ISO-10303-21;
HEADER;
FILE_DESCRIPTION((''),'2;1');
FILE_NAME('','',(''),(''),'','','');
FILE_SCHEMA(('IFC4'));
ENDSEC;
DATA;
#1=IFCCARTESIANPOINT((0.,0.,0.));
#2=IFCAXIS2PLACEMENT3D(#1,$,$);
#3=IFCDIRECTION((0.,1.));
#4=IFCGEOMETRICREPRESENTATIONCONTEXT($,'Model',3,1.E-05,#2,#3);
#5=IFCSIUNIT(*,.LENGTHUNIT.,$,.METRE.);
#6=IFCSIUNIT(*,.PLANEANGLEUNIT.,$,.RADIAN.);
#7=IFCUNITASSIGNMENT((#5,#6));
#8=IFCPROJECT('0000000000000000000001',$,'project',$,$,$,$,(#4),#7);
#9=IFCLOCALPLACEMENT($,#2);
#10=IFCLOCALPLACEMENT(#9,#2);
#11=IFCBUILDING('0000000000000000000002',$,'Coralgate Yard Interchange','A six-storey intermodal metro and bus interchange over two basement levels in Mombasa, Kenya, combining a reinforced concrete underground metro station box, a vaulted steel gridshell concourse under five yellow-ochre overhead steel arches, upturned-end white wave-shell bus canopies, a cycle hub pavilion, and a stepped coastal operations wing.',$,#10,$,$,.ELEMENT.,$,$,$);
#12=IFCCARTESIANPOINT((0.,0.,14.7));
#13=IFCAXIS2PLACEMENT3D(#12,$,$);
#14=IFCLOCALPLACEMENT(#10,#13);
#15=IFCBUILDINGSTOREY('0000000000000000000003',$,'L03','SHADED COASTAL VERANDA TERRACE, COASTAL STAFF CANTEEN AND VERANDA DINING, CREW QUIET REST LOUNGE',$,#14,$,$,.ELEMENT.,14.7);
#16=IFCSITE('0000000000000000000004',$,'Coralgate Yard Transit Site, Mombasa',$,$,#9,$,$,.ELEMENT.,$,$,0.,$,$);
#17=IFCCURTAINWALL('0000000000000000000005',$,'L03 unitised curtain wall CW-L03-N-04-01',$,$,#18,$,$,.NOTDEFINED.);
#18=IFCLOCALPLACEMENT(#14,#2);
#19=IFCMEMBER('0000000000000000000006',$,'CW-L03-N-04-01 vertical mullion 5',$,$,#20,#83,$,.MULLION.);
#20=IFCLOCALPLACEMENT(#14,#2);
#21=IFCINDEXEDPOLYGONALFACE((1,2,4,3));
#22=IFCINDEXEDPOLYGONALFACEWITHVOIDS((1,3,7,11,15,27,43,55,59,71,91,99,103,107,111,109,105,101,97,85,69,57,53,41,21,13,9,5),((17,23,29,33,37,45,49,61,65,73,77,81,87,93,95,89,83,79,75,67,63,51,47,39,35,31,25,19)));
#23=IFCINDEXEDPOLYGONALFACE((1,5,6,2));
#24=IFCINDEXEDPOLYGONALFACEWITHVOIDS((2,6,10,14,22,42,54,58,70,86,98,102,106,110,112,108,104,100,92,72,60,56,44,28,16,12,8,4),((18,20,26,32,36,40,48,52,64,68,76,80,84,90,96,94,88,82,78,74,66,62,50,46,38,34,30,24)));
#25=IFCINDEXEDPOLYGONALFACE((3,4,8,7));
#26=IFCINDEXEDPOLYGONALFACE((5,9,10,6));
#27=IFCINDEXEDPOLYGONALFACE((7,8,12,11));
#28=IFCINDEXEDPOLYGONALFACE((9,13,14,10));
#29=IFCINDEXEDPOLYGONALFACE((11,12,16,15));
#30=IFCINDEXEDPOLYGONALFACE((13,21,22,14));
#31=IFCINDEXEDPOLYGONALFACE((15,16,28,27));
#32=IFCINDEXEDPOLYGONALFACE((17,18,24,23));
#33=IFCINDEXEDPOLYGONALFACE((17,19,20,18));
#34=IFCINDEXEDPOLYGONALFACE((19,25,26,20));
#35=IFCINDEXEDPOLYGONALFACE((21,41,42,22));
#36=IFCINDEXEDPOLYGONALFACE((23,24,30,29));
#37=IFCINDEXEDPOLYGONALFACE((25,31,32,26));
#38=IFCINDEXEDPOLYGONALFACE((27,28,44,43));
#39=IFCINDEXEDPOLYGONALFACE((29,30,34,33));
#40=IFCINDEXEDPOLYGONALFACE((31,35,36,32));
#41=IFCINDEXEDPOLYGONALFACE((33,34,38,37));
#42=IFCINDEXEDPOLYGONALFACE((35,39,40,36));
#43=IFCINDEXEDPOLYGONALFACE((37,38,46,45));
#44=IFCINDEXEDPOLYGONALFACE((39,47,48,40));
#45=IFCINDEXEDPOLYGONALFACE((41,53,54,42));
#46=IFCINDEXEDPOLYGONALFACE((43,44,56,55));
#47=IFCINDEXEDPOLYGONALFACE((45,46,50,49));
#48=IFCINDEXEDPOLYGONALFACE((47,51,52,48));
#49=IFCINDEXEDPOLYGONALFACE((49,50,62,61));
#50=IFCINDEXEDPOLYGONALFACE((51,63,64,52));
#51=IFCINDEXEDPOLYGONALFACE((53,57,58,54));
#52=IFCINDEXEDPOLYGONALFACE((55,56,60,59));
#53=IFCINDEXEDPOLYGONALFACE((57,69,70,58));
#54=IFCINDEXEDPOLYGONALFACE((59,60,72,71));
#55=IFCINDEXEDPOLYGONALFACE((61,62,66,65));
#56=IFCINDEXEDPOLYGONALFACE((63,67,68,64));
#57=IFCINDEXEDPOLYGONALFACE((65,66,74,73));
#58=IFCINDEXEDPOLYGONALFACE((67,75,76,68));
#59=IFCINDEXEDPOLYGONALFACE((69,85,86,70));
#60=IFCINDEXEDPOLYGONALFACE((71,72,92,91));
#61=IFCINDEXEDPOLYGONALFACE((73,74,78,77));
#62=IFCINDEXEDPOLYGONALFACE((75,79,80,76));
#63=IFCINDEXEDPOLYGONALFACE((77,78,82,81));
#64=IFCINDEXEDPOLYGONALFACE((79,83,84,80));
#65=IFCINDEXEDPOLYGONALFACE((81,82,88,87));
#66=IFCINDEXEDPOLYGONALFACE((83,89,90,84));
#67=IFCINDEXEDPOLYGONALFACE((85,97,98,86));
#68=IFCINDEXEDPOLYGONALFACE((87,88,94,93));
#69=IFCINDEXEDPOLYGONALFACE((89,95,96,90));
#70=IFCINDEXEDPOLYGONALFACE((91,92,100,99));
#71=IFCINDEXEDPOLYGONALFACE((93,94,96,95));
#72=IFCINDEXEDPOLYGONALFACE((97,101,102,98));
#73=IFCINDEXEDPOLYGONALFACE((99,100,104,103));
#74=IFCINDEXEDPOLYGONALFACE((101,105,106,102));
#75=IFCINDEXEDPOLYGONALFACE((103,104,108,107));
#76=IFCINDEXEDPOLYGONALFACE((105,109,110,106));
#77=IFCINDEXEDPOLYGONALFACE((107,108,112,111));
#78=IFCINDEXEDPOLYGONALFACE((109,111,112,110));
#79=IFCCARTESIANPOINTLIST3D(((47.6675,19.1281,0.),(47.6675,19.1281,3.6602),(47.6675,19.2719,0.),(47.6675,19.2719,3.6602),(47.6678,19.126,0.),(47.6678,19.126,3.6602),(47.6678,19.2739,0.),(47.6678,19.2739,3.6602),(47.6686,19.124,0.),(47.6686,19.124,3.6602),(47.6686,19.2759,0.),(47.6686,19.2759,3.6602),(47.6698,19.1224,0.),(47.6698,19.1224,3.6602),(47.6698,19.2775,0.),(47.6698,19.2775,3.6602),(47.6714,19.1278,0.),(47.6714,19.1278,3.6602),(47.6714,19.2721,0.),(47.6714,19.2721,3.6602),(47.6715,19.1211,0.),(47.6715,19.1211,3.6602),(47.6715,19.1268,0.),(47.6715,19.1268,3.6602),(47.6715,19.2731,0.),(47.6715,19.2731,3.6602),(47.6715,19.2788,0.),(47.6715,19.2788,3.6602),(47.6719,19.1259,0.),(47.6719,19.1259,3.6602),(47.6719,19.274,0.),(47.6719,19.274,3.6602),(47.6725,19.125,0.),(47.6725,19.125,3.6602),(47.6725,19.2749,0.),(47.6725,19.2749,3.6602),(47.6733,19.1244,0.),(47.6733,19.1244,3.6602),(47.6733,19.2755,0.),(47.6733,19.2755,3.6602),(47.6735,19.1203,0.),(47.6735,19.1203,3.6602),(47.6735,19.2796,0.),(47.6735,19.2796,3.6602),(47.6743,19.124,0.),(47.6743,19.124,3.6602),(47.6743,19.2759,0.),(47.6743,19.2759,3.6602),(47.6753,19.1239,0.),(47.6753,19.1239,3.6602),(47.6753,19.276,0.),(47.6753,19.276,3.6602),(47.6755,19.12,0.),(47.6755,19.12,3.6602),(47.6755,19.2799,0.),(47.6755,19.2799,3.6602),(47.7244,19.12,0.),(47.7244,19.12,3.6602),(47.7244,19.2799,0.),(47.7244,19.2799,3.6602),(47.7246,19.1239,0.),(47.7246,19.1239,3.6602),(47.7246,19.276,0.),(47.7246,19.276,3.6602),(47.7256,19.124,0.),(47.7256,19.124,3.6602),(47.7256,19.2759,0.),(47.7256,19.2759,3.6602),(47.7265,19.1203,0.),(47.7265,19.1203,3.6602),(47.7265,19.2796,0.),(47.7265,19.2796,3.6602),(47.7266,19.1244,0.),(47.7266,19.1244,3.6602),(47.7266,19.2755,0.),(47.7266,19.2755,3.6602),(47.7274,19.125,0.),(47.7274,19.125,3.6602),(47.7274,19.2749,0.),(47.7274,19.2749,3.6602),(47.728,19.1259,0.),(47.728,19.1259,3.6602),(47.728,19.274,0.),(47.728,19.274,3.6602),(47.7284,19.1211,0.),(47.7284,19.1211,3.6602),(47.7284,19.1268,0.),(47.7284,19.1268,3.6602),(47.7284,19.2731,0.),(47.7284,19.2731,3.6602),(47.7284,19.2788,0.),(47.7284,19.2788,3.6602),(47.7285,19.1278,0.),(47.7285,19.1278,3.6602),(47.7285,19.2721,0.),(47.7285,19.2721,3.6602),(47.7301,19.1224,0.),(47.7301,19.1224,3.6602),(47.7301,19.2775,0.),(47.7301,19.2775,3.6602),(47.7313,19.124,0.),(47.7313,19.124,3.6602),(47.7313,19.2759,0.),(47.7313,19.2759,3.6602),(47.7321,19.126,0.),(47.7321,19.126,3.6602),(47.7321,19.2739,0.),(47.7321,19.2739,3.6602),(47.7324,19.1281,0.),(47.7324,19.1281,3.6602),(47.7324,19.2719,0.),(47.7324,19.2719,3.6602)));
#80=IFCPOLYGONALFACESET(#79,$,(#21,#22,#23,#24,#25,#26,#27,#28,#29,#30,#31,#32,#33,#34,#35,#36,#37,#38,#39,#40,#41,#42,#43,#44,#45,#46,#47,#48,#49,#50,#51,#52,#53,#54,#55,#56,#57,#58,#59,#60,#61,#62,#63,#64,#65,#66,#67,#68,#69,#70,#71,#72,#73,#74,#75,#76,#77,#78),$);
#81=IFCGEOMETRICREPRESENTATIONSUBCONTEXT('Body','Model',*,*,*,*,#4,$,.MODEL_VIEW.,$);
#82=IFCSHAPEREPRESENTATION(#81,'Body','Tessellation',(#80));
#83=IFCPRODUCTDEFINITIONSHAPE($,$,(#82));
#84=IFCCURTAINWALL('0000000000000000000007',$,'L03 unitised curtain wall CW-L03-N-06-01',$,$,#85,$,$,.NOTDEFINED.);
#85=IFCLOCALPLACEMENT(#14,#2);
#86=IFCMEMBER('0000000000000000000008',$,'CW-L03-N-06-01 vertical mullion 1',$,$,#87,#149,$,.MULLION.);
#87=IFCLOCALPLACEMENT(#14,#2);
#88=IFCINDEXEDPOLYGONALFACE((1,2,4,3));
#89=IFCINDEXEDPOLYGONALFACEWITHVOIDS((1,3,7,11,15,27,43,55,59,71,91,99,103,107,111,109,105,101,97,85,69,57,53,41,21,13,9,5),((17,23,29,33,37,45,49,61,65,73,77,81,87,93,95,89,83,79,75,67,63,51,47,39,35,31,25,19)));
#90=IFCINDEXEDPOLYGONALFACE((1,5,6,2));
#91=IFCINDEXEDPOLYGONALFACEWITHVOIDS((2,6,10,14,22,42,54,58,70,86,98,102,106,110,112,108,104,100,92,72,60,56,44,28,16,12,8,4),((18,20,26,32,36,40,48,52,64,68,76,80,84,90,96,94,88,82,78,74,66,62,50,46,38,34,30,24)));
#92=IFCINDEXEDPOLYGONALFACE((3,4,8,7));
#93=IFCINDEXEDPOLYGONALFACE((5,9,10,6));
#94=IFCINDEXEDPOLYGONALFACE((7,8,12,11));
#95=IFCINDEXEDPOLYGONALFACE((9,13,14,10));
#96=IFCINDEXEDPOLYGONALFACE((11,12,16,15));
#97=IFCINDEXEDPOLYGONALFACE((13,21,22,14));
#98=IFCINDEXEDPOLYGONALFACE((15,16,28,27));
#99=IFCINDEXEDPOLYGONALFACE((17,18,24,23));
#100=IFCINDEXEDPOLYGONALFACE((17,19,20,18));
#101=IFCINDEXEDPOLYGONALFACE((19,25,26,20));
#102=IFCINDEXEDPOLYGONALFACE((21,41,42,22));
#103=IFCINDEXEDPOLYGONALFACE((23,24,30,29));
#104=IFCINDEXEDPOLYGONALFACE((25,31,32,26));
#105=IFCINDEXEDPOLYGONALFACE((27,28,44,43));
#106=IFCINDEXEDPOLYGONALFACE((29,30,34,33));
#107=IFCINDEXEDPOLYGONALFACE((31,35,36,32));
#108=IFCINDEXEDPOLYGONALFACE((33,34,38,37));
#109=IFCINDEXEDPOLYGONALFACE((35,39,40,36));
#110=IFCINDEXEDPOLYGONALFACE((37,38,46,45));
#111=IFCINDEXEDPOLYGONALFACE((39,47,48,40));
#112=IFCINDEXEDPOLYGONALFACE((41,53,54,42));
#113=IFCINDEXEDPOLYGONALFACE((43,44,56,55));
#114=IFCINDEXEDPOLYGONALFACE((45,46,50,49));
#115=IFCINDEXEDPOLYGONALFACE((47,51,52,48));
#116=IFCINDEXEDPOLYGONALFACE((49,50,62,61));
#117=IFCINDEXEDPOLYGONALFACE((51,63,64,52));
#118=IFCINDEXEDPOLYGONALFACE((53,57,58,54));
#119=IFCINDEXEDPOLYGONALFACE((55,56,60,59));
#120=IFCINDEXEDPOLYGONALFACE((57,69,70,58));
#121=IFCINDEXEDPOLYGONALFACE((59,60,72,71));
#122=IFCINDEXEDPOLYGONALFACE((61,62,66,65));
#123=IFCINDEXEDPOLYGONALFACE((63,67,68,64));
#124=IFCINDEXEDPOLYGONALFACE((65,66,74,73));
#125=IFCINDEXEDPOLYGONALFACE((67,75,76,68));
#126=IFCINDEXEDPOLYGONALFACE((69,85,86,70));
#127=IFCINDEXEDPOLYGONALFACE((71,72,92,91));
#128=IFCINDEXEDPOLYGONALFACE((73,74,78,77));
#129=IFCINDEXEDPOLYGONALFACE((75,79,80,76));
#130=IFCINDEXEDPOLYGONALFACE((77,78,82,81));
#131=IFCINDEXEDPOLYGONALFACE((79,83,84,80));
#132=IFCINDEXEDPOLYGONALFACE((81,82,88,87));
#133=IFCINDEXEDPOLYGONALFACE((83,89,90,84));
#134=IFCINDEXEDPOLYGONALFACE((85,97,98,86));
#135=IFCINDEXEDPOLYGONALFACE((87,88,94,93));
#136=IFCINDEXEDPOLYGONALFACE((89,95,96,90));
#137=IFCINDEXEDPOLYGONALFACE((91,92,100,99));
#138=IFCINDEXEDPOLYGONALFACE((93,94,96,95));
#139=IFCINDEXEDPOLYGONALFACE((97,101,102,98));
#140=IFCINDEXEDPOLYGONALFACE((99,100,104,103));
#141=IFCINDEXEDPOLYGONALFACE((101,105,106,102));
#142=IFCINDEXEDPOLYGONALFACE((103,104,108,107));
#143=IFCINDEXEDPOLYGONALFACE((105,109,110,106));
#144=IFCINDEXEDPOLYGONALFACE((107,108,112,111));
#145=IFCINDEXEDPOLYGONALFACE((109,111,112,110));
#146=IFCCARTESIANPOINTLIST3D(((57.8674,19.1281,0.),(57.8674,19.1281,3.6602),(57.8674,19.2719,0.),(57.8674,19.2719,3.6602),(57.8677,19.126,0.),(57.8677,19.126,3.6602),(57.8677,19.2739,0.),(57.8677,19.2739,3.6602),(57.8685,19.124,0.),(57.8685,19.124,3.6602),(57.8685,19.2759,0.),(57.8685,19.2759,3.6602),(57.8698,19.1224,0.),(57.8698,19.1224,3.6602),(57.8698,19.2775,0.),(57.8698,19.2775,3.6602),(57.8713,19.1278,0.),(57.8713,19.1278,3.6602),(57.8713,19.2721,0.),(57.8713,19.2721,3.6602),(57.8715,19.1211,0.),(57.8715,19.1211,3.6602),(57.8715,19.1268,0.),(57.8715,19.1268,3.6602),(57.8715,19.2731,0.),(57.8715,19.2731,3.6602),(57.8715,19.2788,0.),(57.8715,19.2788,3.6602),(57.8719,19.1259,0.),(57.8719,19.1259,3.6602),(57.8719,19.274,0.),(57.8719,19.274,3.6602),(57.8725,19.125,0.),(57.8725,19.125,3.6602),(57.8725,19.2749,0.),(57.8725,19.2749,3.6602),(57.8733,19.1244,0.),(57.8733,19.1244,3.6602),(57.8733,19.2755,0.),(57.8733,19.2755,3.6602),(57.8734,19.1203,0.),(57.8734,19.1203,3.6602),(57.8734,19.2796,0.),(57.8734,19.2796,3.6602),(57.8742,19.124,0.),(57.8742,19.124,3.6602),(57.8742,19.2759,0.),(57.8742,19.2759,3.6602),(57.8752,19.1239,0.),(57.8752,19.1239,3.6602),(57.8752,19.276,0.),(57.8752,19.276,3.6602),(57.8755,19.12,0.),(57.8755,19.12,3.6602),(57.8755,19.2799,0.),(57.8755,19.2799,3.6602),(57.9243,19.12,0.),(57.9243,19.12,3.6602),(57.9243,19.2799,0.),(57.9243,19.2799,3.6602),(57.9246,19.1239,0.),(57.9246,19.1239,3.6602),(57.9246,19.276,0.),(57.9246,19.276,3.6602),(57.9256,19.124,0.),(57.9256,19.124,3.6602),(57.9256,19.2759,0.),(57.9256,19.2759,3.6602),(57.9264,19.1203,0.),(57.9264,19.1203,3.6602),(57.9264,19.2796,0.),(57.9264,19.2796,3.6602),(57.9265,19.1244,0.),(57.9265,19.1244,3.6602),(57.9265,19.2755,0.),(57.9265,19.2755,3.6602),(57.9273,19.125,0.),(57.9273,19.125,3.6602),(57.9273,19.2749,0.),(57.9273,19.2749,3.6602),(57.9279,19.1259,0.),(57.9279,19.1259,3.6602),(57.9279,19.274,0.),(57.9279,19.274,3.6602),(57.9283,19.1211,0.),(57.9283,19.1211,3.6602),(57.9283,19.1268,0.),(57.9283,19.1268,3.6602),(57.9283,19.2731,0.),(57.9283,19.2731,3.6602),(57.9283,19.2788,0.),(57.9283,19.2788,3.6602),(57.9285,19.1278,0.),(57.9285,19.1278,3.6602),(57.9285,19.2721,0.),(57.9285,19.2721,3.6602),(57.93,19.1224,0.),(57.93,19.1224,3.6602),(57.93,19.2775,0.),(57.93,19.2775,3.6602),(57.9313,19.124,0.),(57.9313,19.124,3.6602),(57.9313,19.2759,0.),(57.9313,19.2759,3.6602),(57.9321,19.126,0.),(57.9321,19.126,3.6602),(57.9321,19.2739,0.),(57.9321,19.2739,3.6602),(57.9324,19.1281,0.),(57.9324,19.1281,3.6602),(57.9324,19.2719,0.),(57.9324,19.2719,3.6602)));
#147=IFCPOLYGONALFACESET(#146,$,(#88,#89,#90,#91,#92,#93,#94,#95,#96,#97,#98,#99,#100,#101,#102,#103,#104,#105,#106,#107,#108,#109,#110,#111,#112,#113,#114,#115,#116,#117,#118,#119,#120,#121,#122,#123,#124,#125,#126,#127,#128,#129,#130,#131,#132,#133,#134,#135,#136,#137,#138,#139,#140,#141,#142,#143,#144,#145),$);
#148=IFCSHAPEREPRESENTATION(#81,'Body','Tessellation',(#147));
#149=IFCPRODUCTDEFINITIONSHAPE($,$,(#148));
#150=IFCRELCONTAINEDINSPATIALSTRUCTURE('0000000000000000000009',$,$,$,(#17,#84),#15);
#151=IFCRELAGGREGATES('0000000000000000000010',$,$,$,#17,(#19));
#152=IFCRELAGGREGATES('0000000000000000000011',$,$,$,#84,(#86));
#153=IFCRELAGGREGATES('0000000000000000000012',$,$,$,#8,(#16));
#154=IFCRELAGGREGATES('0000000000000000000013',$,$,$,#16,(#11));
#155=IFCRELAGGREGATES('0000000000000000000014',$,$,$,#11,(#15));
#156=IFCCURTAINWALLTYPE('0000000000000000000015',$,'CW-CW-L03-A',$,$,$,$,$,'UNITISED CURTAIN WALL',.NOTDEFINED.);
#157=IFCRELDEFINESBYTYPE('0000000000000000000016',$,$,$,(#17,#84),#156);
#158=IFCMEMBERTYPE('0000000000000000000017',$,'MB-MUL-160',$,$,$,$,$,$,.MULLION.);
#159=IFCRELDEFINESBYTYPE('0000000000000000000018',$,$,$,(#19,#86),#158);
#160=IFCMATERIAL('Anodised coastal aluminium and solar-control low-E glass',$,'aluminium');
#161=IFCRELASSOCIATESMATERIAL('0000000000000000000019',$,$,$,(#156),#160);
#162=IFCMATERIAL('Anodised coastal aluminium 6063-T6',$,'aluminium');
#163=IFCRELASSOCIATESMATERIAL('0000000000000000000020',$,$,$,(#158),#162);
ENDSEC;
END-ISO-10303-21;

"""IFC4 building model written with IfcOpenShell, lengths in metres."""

from ifc_helpers import new_model, si_unit, direction, frame, origin, origin_2d, place, context, subcontext, project, spatial, hollow_rectangle, extrude, material, material_profile, profile_set, type_object, element, aggregate, save


model = new_model("IFC4")

# Units and contexts
model_context = context("Model", 3, precision=1e-05, world=origin(), true_north=direction((0.0, 1.0)))
body_context = subcontext(model_context, "Body", "Model", "MODEL_VIEW")
ifc_project = project(units=[si_unit("LENGTHUNIT", "METRE"), si_unit("PLANEANGLEUNIT", "RADIAN")], contexts=[model_context])

# Site, building, storey
site_placement = place(None, origin())
site = spatial("IfcSite", under=ifc_project, at=site_placement, Name="Coralgate Yard Transit Site, Mombasa", CompositionType="ELEMENT", RefElevation=0.0)
building_placement = place(site_placement, origin())
building = spatial("IfcBuilding", under=site, at=building_placement, Name="Coralgate Yard Interchange", Description="A six-storey intermodal metro and bus interchange over two basement levels in Mombasa, Kenya, combining a reinforced concrete underground metro station box, a vaulted steel gridshell concourse under five yellow-ochre overhead steel arches, upturned-end white wave-shell bus canopies, a cycle hub pavilion, and a stepped coastal operations wing.", CompositionType="ELEMENT")
storey_placement = place(building_placement, frame((0.0, 0.0, 14.7)))
storey = spatial("IfcBuildingStorey", under=building, at=storey_placement, Name="L03", Description="SHADED COASTAL VERANDA TERRACE, COASTAL STAFF CANTEEN AND VERANDA DINING, CREW QUIET REST LOUNGE", CompositionType="ELEMENT", Elevation=14.7)

# Curtain wall, member
ifc_material_1 = material(Name="Anodised coastal aluminium and solar-control low-E glass", Category="aluminium")
curtain_wall_type = type_object("IfcCurtainWallType", Name="CW-CW-L03-A", ElementType="UNITISED CURTAIN WALL", PredefinedType="NOTDEFINED", material=ifc_material_1)
curtain_wall_1_placement = place(storey_placement, origin())
curtain_wall_1 = element("IfcCurtainWall", 1, at=curtain_wall_1_placement, inside=storey, type_object=curtain_wall_type, Name="L03 unitised curtain wall CW-L03-N-04-01", PredefinedType="NOTDEFINED")
ifc_material_2 = material(Name="Anodised coastal aluminium 6063-T6", Category="aluminium")
ifc_material_profile_1 = material_profile(ifc_material_2, hollow_rectangle(XDim=0.0649, YDim=0.1599, WallThickness=0.0039, InnerFilletRadius=0.0039, OuterFilletRadius=0.0081, at=origin_2d()), Name="ALU 65x160x4")
ifc_profile_set_1 = profile_set([ifc_material_profile_1], Name="Anodised coastal aluminium 6063-T6")
member_type_1 = type_object("IfcMemberType", Name="MB-MUL-160", PredefinedType="MULLION", material=ifc_profile_set_1)
member_1_placement = place(storey_placement, frame((47.7, 19.2, 0.0), z_axis=(0.0, 0.0, 1.0), x_axis=(1.0, 0.0, 0.0)))
member_1 = element("IfcMember", 2, at=member_1_placement, type_object=member_type_1, Name="CW-L03-N-04-01 vertical mullion 5", PredefinedType="MULLION", context=body_context, shape_type="SweptSolid", body=[
    extrude(hollow_rectangle(XDim=0.0649, YDim=0.1599, WallThickness=0.0039, InnerFilletRadius=0.0039, OuterFilletRadius=0.0081, at=origin_2d()), origin(), (0.0, 0.0, 1.0), 3.6602),
])

# Curtain wall, member
curtain_wall_2_placement = place(storey_placement, origin())
curtain_wall_2 = element("IfcCurtainWall", 3, at=curtain_wall_2_placement, inside=storey, type_object=curtain_wall_type, Name="L03 unitised curtain wall CW-L03-N-06-01", PredefinedType="NOTDEFINED")
member_2_placement = place(storey_placement, frame((57.8999, 19.2, 0.0), z_axis=(0.0, 0.0, 1.0), x_axis=(1.0, 0.0, 0.0)))
member_2 = element("IfcMember", 4, at=member_2_placement, type_object=member_type_1, Name="CW-L03-N-06-01 vertical mullion 1", PredefinedType="MULLION", context=body_context, shape_type="SweptSolid", body=[
    extrude(hollow_rectangle(XDim=0.0649, YDim=0.1599, WallThickness=0.0039, InnerFilletRadius=0.0039, OuterFilletRadius=0.0081, at=origin_2d()), origin(), (0.0, 0.0, 1.0), 3.6602),
])

aggregate(curtain_wall_1, [member_1])
aggregate(curtain_wall_2, [member_2])

save(model, "model.ifc")
